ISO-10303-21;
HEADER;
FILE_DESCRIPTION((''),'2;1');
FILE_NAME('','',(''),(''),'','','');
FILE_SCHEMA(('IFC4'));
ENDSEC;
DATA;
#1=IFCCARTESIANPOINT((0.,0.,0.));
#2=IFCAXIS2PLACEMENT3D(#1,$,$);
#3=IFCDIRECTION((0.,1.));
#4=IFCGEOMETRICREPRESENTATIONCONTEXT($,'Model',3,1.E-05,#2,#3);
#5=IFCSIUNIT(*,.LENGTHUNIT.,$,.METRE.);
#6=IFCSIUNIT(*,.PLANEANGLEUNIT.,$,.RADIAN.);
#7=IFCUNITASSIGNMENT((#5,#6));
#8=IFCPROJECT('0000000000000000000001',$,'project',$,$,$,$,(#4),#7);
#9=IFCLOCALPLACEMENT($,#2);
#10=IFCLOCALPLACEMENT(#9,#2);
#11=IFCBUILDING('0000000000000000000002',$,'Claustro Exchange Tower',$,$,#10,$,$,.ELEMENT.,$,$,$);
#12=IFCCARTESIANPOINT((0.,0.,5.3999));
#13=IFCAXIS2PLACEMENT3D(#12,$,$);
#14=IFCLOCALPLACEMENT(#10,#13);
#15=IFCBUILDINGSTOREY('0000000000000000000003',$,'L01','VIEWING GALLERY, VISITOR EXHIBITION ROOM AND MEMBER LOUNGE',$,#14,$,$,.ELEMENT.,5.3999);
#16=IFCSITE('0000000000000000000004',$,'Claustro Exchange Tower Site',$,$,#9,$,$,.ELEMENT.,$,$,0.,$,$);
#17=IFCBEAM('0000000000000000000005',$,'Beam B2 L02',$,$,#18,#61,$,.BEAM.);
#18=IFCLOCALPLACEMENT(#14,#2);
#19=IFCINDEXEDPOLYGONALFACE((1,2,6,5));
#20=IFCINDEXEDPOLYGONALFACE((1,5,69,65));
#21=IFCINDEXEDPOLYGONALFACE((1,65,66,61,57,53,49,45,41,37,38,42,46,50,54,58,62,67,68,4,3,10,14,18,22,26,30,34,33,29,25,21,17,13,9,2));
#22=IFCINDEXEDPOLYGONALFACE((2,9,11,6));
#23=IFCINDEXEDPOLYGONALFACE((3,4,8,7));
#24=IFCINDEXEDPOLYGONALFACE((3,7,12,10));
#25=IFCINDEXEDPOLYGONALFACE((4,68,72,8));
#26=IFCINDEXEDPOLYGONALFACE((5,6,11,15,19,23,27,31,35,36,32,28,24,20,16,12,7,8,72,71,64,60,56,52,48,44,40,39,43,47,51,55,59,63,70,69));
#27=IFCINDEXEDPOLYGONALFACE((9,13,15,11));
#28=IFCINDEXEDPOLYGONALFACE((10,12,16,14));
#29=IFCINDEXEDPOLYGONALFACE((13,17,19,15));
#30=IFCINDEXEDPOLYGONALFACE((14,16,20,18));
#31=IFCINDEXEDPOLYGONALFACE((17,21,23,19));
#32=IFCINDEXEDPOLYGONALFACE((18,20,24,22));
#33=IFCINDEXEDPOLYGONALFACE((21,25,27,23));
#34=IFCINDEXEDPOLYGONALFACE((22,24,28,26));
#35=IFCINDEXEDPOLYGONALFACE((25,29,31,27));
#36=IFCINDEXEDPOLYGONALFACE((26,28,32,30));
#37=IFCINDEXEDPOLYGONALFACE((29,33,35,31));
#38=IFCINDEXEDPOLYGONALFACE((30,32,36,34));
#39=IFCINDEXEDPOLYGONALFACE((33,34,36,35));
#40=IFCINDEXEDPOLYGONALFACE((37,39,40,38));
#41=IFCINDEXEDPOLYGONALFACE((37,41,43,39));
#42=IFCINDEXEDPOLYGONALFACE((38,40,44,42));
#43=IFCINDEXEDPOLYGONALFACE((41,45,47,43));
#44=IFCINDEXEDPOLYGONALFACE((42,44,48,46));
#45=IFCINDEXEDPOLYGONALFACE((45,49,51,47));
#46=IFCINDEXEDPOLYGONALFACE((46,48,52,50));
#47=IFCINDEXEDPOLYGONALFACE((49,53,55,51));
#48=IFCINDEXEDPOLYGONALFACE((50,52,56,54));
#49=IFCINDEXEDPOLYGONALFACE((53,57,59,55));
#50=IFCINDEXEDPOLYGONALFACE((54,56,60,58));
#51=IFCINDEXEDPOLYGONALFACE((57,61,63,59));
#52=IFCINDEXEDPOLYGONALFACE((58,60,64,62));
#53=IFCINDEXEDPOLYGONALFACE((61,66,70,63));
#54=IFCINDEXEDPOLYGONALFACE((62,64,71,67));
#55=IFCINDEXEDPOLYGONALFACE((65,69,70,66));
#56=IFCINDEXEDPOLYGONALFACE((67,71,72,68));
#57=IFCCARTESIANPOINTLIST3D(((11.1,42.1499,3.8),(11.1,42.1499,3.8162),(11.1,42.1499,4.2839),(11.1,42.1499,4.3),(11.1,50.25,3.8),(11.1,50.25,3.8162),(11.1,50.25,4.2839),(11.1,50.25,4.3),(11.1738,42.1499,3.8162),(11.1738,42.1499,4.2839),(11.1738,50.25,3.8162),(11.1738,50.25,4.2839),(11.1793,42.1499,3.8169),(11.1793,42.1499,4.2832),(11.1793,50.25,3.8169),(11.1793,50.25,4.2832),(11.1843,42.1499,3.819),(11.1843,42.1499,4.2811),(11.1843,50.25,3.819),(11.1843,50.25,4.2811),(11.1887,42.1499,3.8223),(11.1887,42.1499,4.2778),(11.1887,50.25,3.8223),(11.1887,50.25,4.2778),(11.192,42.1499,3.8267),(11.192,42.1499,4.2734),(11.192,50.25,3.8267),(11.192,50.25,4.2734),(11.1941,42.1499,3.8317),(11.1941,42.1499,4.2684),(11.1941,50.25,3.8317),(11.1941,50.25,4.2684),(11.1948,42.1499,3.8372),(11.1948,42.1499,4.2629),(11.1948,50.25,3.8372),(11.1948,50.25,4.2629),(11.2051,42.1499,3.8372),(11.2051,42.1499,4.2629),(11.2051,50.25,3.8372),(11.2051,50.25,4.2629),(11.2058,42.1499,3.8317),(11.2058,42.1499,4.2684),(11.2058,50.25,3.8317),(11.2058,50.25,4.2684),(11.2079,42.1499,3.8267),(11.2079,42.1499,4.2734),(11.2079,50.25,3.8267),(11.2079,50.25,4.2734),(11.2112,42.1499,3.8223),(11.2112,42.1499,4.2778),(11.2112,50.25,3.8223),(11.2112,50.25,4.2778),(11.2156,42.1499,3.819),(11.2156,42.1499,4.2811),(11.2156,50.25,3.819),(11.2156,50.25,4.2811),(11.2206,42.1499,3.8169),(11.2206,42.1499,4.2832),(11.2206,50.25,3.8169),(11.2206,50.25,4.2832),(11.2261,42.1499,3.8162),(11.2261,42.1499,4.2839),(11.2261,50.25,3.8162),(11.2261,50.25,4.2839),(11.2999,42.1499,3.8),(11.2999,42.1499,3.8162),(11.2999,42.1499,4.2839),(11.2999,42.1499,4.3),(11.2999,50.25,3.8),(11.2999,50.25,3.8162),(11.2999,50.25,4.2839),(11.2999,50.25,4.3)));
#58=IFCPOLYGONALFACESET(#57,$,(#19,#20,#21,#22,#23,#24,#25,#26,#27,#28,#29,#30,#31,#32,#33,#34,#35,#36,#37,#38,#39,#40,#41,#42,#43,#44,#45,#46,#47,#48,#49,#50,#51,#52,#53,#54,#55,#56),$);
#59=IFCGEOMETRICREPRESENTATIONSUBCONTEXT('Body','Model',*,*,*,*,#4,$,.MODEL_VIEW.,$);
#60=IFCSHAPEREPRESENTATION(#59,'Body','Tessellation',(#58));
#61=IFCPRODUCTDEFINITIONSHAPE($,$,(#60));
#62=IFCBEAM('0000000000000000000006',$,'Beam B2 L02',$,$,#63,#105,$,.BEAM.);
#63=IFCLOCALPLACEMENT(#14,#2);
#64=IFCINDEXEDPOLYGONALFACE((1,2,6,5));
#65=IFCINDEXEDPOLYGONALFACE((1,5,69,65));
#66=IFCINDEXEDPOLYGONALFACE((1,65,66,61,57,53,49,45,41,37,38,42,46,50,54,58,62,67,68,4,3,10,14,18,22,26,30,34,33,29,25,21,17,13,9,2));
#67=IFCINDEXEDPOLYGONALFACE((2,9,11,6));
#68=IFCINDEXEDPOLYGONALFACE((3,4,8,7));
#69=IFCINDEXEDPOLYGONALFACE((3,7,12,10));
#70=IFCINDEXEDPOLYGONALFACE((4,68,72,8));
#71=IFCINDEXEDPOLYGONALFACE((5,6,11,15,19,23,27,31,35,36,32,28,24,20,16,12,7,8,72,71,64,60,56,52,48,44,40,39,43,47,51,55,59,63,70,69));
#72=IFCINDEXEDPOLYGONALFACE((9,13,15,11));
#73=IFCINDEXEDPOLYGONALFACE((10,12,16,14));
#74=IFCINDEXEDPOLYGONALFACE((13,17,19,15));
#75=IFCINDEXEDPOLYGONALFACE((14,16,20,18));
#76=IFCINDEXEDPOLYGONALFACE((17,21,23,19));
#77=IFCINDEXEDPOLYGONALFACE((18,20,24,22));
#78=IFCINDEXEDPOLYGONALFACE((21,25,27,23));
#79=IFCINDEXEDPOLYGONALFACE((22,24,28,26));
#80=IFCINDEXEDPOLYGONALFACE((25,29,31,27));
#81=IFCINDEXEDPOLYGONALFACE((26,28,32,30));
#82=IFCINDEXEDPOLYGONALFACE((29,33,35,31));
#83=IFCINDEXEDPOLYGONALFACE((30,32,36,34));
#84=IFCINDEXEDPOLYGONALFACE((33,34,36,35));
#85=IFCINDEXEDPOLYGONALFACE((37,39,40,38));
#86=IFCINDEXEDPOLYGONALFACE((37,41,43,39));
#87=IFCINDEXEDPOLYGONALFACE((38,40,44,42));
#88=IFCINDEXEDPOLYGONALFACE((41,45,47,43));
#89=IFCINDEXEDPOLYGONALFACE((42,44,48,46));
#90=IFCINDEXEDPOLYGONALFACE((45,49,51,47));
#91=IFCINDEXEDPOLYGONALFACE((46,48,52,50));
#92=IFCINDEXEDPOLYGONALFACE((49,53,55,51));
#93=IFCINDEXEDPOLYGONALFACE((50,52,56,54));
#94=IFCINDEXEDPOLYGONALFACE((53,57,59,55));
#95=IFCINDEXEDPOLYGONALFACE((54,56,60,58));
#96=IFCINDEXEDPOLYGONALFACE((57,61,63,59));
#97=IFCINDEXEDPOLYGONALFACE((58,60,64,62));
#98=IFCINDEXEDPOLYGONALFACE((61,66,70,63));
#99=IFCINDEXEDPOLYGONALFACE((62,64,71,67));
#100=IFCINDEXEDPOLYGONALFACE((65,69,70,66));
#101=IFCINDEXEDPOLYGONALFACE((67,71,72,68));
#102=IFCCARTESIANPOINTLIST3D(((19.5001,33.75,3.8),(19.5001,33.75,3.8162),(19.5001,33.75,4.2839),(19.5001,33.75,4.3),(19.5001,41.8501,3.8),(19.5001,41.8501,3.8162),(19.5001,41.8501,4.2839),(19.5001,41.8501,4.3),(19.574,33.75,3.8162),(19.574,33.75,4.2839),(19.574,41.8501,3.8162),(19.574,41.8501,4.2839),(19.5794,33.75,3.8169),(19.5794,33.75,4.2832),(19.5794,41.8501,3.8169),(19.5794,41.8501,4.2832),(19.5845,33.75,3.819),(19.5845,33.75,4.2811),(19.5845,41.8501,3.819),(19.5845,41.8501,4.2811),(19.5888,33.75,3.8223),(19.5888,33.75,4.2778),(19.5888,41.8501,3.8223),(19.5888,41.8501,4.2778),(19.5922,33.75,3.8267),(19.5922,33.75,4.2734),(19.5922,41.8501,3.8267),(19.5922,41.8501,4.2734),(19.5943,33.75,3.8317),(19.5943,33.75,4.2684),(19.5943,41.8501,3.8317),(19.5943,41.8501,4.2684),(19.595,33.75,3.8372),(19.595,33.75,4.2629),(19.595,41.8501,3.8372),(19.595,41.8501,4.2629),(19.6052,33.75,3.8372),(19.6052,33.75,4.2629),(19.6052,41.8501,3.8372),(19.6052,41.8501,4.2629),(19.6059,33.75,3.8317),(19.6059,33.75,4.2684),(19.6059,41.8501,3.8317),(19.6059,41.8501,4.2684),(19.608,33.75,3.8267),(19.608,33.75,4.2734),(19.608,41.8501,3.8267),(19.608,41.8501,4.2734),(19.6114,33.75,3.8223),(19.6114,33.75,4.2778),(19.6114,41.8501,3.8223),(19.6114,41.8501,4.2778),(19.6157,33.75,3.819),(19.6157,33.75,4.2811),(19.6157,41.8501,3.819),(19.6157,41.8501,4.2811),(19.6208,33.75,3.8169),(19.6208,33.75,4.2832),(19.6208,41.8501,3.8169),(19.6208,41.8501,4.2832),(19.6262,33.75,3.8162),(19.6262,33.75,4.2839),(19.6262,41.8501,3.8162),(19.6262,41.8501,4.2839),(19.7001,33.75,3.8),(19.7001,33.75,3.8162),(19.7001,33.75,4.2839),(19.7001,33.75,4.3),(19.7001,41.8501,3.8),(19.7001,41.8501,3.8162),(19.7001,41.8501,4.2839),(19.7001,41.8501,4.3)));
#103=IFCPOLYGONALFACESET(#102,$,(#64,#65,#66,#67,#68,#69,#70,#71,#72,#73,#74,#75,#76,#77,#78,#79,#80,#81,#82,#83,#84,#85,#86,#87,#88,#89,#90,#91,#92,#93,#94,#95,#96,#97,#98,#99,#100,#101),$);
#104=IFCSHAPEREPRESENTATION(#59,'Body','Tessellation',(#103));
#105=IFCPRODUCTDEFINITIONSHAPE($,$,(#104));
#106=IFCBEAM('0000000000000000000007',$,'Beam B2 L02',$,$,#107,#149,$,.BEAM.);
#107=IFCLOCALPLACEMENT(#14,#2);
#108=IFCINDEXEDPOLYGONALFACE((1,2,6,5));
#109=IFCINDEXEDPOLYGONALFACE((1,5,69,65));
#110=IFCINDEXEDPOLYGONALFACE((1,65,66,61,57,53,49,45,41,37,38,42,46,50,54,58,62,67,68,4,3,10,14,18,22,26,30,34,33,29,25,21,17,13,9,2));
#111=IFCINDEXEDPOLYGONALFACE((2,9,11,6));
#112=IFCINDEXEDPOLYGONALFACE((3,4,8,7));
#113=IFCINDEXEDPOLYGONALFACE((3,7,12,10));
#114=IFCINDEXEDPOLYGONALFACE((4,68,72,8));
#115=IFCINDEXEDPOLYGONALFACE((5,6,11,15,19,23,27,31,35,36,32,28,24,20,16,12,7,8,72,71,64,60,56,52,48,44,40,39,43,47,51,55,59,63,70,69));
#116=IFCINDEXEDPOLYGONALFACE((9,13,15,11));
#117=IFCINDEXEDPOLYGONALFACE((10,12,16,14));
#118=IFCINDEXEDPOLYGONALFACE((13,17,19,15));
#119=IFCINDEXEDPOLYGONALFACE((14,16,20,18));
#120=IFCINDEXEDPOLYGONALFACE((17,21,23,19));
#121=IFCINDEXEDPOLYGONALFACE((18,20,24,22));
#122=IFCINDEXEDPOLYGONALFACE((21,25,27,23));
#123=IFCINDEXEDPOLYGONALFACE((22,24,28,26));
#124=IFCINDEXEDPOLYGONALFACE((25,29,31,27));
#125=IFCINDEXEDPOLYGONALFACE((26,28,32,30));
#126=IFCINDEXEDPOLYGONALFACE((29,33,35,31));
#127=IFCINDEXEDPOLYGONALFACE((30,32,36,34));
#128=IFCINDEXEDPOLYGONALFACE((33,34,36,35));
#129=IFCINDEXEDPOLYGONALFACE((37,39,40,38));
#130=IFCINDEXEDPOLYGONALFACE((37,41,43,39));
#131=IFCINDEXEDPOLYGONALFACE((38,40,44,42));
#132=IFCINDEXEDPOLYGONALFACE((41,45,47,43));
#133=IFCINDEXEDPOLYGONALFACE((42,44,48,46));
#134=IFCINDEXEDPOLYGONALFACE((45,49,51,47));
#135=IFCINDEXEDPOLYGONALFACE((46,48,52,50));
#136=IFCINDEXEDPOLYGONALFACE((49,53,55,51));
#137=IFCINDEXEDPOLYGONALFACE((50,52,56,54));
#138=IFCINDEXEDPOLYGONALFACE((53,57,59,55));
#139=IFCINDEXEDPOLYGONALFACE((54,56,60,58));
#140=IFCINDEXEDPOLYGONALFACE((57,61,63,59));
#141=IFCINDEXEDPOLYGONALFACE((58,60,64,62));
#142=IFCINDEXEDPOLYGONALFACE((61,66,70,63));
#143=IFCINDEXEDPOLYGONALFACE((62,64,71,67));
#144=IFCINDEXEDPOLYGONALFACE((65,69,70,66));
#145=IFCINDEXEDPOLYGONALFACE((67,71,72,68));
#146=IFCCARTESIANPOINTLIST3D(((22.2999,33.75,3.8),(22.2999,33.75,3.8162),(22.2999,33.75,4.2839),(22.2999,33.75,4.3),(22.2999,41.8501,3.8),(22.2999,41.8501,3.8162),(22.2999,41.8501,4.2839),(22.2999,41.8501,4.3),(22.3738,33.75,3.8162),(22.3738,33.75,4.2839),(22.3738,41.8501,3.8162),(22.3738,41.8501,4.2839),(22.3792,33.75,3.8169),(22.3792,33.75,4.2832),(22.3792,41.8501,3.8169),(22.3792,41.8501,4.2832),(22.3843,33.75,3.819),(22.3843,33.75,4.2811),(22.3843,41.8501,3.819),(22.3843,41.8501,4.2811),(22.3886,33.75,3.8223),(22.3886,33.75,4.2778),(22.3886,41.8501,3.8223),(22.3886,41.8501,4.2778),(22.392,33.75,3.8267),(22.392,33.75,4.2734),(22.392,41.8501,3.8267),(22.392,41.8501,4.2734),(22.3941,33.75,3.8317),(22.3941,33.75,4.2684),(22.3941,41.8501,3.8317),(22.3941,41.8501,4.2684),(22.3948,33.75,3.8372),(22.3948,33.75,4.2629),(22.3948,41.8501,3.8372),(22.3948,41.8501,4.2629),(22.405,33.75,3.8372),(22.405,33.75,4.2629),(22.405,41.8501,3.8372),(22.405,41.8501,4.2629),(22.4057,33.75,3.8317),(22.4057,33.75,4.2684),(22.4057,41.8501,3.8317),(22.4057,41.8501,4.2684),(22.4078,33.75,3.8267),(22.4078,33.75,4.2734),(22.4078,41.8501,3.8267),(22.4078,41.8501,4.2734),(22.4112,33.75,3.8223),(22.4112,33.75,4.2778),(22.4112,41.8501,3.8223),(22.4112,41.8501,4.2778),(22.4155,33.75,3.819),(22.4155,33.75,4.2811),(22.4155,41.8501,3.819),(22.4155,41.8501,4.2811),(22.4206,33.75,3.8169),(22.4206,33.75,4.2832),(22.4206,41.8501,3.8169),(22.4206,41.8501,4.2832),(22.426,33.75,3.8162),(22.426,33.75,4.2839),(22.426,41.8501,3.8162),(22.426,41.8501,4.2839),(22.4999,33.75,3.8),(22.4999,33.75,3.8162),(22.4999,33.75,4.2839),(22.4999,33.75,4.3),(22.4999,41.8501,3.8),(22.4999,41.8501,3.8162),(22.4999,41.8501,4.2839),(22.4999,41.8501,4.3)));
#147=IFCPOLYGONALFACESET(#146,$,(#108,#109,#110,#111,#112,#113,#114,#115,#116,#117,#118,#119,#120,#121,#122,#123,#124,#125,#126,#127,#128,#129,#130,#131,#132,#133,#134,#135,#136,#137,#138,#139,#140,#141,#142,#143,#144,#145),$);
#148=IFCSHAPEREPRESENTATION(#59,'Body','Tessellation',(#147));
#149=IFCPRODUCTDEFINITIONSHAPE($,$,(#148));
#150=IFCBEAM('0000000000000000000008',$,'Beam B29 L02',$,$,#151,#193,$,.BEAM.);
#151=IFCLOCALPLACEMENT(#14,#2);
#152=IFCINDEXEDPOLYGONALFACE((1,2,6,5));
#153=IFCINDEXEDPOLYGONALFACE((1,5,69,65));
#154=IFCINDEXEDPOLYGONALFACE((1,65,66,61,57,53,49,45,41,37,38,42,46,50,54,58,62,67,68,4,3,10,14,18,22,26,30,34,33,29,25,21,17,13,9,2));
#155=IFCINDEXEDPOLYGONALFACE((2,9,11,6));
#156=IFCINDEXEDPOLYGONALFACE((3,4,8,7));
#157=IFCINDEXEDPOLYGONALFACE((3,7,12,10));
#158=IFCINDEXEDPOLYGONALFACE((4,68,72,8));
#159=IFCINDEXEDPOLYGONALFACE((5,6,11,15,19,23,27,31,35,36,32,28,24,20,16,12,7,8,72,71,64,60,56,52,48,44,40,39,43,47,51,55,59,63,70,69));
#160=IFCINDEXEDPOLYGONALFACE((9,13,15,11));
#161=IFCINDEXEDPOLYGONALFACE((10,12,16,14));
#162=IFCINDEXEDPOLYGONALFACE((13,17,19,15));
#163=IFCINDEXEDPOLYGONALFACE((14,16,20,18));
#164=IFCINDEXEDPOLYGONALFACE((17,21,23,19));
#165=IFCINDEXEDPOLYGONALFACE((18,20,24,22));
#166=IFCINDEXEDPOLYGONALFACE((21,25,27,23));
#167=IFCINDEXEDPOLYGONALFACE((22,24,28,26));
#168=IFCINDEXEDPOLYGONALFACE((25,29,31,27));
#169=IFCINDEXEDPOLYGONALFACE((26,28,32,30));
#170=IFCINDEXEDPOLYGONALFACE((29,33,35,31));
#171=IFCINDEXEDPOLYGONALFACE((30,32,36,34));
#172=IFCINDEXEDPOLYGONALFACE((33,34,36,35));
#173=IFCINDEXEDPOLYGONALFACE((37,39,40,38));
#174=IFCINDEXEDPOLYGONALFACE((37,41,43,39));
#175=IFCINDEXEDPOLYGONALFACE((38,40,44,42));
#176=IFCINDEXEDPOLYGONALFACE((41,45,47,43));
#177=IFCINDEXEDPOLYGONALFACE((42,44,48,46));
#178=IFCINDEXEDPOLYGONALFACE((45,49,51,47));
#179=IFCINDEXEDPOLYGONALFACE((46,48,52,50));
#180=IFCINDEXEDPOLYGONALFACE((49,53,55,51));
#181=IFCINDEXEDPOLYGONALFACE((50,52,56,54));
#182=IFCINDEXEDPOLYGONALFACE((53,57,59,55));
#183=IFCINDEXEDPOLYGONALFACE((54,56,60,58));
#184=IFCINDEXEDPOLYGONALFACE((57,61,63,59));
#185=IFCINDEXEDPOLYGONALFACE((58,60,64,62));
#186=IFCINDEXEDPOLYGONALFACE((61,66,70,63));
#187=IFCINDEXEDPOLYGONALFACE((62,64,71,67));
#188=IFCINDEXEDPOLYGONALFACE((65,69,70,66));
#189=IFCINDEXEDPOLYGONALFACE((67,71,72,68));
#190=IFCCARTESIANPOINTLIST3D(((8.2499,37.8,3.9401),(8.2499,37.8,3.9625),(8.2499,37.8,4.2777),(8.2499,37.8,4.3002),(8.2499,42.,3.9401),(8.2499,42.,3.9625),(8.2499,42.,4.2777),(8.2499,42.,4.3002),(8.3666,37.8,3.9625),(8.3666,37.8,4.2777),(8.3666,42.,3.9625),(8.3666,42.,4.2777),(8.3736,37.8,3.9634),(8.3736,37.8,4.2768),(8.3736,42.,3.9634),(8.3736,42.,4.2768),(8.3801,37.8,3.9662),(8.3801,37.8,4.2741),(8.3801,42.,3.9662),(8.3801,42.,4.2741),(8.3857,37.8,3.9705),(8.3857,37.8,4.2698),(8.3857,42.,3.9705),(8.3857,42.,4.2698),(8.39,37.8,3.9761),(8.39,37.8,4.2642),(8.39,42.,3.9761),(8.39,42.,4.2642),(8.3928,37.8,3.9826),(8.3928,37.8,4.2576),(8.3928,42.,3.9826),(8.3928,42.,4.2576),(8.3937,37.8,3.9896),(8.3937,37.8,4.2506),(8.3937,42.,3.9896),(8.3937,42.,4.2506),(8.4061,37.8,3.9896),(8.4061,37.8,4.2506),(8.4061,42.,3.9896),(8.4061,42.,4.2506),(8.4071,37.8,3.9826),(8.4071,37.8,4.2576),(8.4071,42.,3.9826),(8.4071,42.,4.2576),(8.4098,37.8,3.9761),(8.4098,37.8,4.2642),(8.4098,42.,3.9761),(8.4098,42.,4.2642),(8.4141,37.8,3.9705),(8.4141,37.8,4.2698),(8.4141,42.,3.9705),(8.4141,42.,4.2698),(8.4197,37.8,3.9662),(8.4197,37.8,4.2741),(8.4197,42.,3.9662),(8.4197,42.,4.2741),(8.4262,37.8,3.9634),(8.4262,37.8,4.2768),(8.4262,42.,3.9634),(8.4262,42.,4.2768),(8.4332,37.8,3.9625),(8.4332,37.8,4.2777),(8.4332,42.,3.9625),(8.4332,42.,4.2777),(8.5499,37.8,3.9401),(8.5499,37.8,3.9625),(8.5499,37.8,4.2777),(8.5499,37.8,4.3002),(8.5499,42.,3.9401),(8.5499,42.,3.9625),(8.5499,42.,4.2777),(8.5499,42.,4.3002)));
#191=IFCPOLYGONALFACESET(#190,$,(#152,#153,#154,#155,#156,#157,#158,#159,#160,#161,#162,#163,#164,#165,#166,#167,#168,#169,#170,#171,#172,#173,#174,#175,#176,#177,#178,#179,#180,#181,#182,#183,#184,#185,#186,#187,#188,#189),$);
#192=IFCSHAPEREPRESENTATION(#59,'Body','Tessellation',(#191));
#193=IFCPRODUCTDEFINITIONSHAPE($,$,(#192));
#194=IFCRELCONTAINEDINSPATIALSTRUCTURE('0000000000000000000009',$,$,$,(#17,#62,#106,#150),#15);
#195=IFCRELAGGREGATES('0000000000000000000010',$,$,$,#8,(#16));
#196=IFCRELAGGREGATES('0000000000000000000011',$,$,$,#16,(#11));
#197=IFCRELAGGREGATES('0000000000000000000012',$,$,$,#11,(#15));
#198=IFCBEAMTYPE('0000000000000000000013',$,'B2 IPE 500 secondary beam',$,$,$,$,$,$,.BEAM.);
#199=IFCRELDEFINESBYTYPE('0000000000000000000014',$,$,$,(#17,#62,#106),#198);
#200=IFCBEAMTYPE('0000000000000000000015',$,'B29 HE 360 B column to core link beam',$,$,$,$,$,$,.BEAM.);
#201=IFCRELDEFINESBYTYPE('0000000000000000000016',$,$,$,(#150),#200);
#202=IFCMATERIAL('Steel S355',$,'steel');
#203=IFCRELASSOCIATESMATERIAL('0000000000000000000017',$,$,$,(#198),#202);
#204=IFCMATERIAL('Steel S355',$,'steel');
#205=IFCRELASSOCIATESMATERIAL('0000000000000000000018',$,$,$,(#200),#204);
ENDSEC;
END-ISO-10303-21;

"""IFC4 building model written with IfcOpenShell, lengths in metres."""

from ifc_helpers import new_model, si_unit, direction, frame, origin, origin_2d, place, context, subcontext, project, spatial, i_section, extrude, material, material_profile, profile_set, type_object, element, save


model = new_model("IFC4")

# Units and contexts
model_context = context("Model", 3, precision=1e-05, world=origin(), true_north=direction((0.0, 1.0)))
body_context = subcontext(model_context, "Body", "Model", "MODEL_VIEW")
ifc_project = project(units=[si_unit("LENGTHUNIT", "METRE"), si_unit("PLANEANGLEUNIT", "RADIAN")], contexts=[model_context])

# Site, building, storey
site_placement = place(None, origin())
site = spatial("IfcSite", under=ifc_project, at=site_placement, Name="Claustro Exchange Tower Site", CompositionType="ELEMENT", RefElevation=0.0)
building_placement = place(site_placement, origin())
building = spatial("IfcBuilding", under=site, at=building_placement, Name="Claustro Exchange Tower", CompositionType="ELEMENT")
storey_placement = place(building_placement, frame((0.0, 0.0, 5.3999)))
storey = spatial("IfcBuildingStorey", under=building, at=storey_placement, Name="L01", Description="VIEWING GALLERY, VISITOR EXHIBITION ROOM AND MEMBER LOUNGE", CompositionType="ELEMENT", Elevation=5.3999)

# Beams
ifc_material_1 = material(Name="Steel S355", Category="steel")
ifc_material_profile_1 = material_profile(ifc_material_1, i_section(OverallWidth=0.2, OverallDepth=0.5, WebThickness=0.0103, FlangeThickness=0.0161, FilletRadius=0.021, at=origin_2d()), Name="IPE 500")
ifc_profile_set_1 = profile_set([ifc_material_profile_1], Name="Steel S355")
beam_type_1 = type_object("IfcBeamType", Name="B2 IPE 500 secondary beam", PredefinedType="BEAM", material=ifc_profile_set_1)
for number, where, z_axis, x_axis, name in (
    (1, (11.2, 42.1499, 4.05), (0.0, 1.0, 0.0), (-1.0, 0.0, 0.0), "Beam B2 L02"),
    (2, (19.6001, 33.75, 4.05), (0.0, 1.0, 0.0), (-1.0, 0.0, 0.0), "Beam B2 L02"),
    (3, (22.3999, 33.75, 4.05), (0.0, 1.0, 0.0), (-1.0, 0.0, 0.0), "Beam B2 L02"),
):
    element("IfcBeam", number, at=place(storey_placement, frame(where, z_axis=z_axis, x_axis=x_axis)), inside=storey, type_object=beam_type_1, Name=name, PredefinedType="BEAM", context=body_context, shape_type="SweptSolid", body=[
        extrude(i_section(OverallWidth=0.2, OverallDepth=0.5, WebThickness=0.0103, FlangeThickness=0.0161, FilletRadius=0.021, at=origin_2d()), origin(), (0.0, 0.0, 1.0), 8.1001),
    ])
ifc_material_2 = material(Name="Steel S355", Category="steel")
ifc_material_profile_2 = material_profile(ifc_material_2, i_section(OverallWidth=0.3, OverallDepth=0.3601, WebThickness=0.0125, FlangeThickness=0.0225, FilletRadius=0.0271, at=origin_2d()), Name="HE 360 B")
ifc_profile_set_2 = profile_set([ifc_material_profile_2], Name="Steel S355")
beam_type_2 = type_object("IfcBeamType", Name="B29 HE 360 B column to core link beam", PredefinedType="BEAM", material=ifc_profile_set_2)
for number, where, z_axis, x_axis, name in (
    (4, (8.3999, 37.8, 4.1201), (0.0, 1.0, 0.0), (-1.0, 0.0, 0.0), "Beam B29 L02"),
):
    element("IfcBeam", number, at=place(storey_placement, frame(where, z_axis=z_axis, x_axis=x_axis)), inside=storey, type_object=beam_type_2, Name=name, PredefinedType="BEAM", context=body_context, shape_type="SweptSolid", body=[
        extrude(i_section(OverallWidth=0.3, OverallDepth=0.3601, WebThickness=0.0125, FlangeThickness=0.0225, FilletRadius=0.0271, at=origin_2d()), origin(), (0.0, 0.0, 1.0), 4.2),
    ])

save(model, "model.ifc")
